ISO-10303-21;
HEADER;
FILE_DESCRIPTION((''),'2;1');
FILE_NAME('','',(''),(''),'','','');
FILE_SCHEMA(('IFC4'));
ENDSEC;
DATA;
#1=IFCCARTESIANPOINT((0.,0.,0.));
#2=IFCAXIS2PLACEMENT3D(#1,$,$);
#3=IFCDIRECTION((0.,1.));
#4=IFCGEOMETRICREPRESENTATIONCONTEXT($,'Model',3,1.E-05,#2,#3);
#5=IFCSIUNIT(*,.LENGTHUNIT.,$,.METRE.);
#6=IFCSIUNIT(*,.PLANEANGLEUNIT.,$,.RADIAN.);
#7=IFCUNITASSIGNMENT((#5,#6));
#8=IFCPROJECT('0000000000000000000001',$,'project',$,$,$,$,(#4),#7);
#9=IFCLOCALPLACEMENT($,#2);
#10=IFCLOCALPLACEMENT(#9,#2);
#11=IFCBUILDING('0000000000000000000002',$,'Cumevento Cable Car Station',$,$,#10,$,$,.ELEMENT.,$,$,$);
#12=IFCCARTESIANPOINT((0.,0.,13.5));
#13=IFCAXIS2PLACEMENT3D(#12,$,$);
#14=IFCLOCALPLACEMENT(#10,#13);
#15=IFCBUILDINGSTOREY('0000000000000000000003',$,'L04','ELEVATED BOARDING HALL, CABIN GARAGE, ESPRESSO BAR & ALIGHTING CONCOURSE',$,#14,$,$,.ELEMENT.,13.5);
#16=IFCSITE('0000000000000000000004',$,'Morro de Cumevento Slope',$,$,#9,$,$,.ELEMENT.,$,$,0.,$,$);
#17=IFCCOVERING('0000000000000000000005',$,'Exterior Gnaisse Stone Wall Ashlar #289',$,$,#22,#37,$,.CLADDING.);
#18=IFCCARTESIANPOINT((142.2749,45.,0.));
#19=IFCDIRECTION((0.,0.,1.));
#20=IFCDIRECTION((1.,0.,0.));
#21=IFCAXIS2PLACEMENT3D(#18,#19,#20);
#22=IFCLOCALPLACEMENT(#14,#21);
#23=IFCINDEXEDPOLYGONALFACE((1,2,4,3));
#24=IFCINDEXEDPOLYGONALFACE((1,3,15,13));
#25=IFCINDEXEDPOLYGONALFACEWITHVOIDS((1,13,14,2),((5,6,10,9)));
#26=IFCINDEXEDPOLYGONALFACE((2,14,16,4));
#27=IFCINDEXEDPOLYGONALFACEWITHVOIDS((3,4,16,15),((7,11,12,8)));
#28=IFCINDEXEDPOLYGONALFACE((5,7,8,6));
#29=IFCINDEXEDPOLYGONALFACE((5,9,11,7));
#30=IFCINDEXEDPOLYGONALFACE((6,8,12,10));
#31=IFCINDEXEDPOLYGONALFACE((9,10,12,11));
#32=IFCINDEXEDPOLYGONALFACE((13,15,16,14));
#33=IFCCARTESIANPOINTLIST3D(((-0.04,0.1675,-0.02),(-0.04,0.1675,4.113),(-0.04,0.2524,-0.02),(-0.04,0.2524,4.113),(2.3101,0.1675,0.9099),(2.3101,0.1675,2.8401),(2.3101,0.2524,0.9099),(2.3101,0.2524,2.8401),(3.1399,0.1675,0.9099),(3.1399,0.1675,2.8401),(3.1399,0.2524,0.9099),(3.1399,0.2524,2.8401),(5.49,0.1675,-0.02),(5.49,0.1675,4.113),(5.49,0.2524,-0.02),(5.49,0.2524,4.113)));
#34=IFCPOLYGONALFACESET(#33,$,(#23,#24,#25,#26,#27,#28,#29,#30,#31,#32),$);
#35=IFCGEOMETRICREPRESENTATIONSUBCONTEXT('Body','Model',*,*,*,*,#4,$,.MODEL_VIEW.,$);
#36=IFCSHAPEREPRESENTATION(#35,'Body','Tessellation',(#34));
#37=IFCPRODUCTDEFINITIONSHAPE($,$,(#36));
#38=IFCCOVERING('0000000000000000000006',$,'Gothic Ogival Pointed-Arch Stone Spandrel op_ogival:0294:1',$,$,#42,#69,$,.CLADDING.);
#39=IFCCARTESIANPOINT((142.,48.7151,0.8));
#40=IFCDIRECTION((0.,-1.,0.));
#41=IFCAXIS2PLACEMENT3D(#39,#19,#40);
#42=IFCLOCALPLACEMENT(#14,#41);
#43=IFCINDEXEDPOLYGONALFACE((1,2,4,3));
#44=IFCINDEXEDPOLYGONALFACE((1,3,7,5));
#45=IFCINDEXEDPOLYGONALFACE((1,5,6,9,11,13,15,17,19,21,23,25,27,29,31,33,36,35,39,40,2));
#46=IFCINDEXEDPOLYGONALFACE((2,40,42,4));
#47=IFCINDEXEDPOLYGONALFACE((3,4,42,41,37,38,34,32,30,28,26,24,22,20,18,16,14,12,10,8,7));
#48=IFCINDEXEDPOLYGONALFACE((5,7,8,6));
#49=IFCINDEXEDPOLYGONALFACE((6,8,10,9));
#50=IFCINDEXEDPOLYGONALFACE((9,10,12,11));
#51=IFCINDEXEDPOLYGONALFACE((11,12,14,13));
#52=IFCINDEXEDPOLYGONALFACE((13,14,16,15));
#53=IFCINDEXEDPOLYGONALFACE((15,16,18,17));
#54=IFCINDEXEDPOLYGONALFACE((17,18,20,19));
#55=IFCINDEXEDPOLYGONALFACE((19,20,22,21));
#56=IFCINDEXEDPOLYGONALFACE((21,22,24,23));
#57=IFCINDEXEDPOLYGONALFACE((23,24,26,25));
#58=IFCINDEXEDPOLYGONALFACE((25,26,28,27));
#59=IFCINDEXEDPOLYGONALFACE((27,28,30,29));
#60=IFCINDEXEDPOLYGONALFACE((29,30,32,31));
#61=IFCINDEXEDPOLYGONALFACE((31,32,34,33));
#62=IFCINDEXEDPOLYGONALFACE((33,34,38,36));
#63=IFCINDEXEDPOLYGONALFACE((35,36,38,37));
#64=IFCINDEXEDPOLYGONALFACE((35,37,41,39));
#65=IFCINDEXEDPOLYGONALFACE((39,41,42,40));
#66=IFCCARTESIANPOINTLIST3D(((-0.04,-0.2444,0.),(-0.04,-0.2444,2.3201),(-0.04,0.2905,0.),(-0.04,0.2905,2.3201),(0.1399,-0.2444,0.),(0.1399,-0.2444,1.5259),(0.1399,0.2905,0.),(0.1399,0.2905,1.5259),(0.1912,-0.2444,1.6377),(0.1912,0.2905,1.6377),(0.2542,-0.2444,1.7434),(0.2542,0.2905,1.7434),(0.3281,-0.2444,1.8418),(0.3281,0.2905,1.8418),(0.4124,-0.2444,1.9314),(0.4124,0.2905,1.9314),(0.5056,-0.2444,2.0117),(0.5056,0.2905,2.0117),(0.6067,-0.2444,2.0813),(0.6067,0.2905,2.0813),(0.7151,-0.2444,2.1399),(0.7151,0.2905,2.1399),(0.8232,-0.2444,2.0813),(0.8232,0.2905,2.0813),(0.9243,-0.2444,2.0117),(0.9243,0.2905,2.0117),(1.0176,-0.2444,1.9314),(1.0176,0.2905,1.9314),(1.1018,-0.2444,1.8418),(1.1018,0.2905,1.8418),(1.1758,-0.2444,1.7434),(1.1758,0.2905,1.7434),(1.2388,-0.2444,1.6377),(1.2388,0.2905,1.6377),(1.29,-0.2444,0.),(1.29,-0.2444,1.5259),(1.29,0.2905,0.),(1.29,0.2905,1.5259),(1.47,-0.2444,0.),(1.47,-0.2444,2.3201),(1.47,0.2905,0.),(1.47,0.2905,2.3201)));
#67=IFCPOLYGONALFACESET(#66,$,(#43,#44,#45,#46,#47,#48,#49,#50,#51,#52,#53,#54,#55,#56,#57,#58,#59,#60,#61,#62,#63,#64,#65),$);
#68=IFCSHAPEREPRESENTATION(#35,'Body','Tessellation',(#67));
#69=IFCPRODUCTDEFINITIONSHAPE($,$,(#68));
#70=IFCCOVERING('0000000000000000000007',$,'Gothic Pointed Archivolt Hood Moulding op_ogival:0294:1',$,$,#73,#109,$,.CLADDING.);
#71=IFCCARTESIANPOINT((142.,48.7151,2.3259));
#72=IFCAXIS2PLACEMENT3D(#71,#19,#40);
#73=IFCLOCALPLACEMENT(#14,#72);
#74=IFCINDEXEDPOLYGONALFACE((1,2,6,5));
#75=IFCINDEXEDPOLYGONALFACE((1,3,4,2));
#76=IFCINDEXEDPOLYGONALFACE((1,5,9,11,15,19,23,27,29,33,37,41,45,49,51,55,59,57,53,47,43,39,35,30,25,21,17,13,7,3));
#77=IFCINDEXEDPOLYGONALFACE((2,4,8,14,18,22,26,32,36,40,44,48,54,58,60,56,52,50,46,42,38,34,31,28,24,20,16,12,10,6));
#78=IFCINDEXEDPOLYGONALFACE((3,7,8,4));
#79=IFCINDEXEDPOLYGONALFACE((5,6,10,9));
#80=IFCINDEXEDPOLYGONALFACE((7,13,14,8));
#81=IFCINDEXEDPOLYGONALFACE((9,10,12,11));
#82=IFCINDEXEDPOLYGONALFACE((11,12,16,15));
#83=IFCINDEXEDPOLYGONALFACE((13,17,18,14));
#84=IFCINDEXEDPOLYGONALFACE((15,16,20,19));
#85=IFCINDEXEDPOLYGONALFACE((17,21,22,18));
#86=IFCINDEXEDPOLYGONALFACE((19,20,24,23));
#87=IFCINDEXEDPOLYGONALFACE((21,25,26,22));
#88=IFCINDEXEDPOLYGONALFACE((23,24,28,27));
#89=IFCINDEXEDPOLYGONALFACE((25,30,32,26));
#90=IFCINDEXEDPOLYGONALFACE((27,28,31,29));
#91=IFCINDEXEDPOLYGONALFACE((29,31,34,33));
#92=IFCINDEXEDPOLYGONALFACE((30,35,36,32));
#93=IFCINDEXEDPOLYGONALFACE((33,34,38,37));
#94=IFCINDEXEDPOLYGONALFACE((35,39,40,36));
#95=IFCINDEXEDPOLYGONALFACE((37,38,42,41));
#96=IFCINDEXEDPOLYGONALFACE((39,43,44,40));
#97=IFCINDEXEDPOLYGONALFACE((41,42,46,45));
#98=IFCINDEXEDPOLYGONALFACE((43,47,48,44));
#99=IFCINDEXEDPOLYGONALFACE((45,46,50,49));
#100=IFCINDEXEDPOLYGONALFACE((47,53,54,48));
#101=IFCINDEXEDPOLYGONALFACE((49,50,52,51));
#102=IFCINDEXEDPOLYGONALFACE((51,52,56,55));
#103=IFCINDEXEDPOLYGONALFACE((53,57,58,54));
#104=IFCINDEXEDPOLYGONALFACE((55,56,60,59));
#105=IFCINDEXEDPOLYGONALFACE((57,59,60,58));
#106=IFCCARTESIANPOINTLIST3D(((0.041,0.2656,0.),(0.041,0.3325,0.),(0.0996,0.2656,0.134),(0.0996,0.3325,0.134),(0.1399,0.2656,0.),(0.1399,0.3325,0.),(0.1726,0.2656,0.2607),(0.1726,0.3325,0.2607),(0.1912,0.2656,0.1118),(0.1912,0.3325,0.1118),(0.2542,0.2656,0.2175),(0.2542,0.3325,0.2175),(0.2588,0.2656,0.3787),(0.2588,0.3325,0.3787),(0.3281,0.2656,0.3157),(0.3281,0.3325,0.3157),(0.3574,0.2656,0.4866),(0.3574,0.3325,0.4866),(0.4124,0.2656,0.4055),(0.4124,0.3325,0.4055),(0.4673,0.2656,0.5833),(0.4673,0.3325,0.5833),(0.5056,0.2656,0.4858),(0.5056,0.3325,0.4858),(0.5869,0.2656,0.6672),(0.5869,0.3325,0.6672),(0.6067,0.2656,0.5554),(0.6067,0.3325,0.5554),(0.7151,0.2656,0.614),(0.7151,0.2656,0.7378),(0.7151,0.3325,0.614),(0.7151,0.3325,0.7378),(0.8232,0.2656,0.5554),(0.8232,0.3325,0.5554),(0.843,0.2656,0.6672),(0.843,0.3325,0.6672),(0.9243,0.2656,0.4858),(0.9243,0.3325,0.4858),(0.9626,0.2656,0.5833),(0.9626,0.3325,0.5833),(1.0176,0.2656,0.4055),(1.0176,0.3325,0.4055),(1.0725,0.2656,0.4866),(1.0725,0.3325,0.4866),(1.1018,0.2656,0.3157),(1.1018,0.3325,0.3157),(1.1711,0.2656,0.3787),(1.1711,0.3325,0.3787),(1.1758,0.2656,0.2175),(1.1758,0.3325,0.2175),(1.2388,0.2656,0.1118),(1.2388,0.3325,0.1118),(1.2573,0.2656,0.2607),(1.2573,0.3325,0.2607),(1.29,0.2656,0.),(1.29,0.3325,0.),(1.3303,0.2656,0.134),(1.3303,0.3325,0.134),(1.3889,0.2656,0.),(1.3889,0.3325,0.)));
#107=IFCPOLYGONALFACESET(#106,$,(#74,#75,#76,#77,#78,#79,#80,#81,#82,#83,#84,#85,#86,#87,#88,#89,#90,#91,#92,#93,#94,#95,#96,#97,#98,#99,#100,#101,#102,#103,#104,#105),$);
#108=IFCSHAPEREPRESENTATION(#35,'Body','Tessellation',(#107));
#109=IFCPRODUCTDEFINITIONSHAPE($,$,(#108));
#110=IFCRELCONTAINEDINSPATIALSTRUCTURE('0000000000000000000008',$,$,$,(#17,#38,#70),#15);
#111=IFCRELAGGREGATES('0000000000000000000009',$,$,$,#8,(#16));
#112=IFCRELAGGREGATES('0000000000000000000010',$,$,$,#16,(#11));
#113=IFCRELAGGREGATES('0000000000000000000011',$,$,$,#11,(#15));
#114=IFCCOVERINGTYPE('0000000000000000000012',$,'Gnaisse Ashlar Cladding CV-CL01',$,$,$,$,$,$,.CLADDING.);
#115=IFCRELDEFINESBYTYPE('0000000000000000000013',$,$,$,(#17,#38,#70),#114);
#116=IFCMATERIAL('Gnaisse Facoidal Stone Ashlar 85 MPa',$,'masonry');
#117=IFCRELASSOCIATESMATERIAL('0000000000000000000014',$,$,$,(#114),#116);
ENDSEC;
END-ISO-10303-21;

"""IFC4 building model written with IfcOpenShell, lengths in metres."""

from ifc_helpers import new_model, si_unit, direction, frame, origin, place, context, subcontext, project, spatial, polyline, outline, extrude, material, type_object, element, save


model = new_model("IFC4")

# Units and contexts
model_context = context("Model", 3, precision=1e-05, world=origin(), true_north=direction((0.0, 1.0)))
body_context = subcontext(model_context, "Body", "Model", "MODEL_VIEW")
ifc_project = project(units=[si_unit("LENGTHUNIT", "METRE"), si_unit("PLANEANGLEUNIT", "RADIAN")], contexts=[model_context])

# Site, building, storey
site_placement = place(None, origin())
site = spatial("IfcSite", under=ifc_project, at=site_placement, Name="Morro de Cumevento Slope", CompositionType="ELEMENT", RefElevation=0.0)
building_placement = place(site_placement, origin())
building = spatial("IfcBuilding", under=site, at=building_placement, Name="Cumevento Cable Car Station", CompositionType="ELEMENT")
storey_placement = place(building_placement, frame((0.0, 0.0, 13.5)))
storey = spatial("IfcBuildingStorey", under=building, at=storey_placement, Name="L04", Description="ELEVATED BOARDING HALL, CABIN GARAGE, ESPRESSO BAR & ALIGHTING CONCOURSE", CompositionType="ELEMENT", Elevation=13.5)

# Coverings
ifc_material_1 = material(Name="Gnaisse Facoidal Stone Ashlar 85 MPa", Category="masonry")
covering_type = type_object("IfcCoveringType", Name="Gnaisse Ashlar Cladding CV-CL01", PredefinedType="CLADDING", material=ifc_material_1)
covering_1_placement = place(storey_placement, frame((142.2749, 45.0, 0.0), z_axis=(0.0, 0.0, 1.0), x_axis=(1.0, 0.0, 0.0)))
element("IfcCovering", 1, at=covering_1_placement, inside=storey, type_object=covering_type, Name="Exterior Gnaisse Stone Wall Ashlar #289", PredefinedType="CLADDING", context=body_context, shape_type="SweptSolid", body=[
    extrude(outline(polyline([(-0.04, -0.02), (5.49, -0.02), (5.49, 4.113), (-0.04, 4.113), (-0.04, -0.02)]), holes=[polyline([(2.3101, 0.9099), (3.1399, 0.9099), (3.1399, 2.8401), (2.3101, 2.8401), (2.3101, 0.9099)])]), frame((0.0, 0.2524, 0.0), z_axis=(0.0, -1.0, 0.0), x_axis=(1.0, 0.0, 0.0)), (0.0, 0.0, 1.0), 0.085),
])
covering_2_placement = place(storey_placement, frame((142.0, 48.7151, 0.8), z_axis=(0.0, 0.0, 1.0), x_axis=(0.0, -1.0, 0.0)))
element("IfcCovering", 2, at=covering_2_placement, inside=storey, type_object=covering_type, Name="Gothic Ogival Pointed-Arch Stone Spandrel op_ogival:0294:1", PredefinedType="CLADDING", context=body_context, shape_type="SweptSolid", body=[
    extrude(outline(polyline([(-0.04, 0.0), (-0.04, 2.3201), (1.47, 2.3201), (1.47, 0.0), (1.29, 0.0), (1.29, 1.5259), (1.2388, 1.6377), (1.1758, 1.7434), (1.1018, 1.8418), (1.0176, 1.9314), (0.9243, 2.0117), (0.8232, 2.0813), (0.7151, 2.1399), (0.6067, 2.0813), (0.5056, 2.0117), (0.4124, 1.9314), (0.3281, 1.8418), (0.2542, 1.7434), (0.1912, 1.6377), (0.1399, 1.5259), (0.1399, 0.0), (-0.04, 0.0)])), frame((0.0, 0.2905, 0.0), z_axis=(0.0, -1.0, 0.0), x_axis=(1.0, 0.0, 0.0)), (0.0, 0.0, 1.0), 0.5349),
])
covering_3_placement = place(storey_placement, frame((142.0, 48.7151, 2.3259), z_axis=(0.0, 0.0, 1.0), x_axis=(0.0, -1.0, 0.0)))
element("IfcCovering", 3, at=covering_3_placement, inside=storey, type_object=covering_type, Name="Gothic Pointed Archivolt Hood Moulding op_ogival:0294:1", PredefinedType="CLADDING", context=body_context, shape_type="SweptSolid", body=[
    extrude(outline(polyline([(0.1399, 0.0), (0.1912, 0.1118), (0.2542, 0.2175), (0.3281, 0.3157), (0.4124, 0.4055), (0.5056, 0.4858), (0.6067, 0.5554), (0.7151, 0.614), (0.8232, 0.5554), (0.9243, 0.4858), (1.0176, 0.4055), (1.1018, 0.3157), (1.1758, 0.2175), (1.2388, 0.1118), (1.29, 0.0), (1.3889, 0.0), (1.3303, 0.134), (1.2573, 0.2607), (1.1711, 0.3787), (1.0725, 0.4866), (0.9626, 0.5833), (0.843, 0.6672), (0.7151, 0.7378), (0.5869, 0.6672), (0.4673, 0.5833), (0.3574, 0.4866), (0.2588, 0.3787), (0.1726, 0.2607), (0.0996, 0.134), (0.041, 0.0), (0.1399, 0.0)])), frame((0.0, 0.3325, 0.0), z_axis=(0.0, -1.0, 0.0), x_axis=(1.0, 0.0, 0.0)), (0.0, 0.0, 1.0), 0.0669),
])

save(model, "model.ifc")
